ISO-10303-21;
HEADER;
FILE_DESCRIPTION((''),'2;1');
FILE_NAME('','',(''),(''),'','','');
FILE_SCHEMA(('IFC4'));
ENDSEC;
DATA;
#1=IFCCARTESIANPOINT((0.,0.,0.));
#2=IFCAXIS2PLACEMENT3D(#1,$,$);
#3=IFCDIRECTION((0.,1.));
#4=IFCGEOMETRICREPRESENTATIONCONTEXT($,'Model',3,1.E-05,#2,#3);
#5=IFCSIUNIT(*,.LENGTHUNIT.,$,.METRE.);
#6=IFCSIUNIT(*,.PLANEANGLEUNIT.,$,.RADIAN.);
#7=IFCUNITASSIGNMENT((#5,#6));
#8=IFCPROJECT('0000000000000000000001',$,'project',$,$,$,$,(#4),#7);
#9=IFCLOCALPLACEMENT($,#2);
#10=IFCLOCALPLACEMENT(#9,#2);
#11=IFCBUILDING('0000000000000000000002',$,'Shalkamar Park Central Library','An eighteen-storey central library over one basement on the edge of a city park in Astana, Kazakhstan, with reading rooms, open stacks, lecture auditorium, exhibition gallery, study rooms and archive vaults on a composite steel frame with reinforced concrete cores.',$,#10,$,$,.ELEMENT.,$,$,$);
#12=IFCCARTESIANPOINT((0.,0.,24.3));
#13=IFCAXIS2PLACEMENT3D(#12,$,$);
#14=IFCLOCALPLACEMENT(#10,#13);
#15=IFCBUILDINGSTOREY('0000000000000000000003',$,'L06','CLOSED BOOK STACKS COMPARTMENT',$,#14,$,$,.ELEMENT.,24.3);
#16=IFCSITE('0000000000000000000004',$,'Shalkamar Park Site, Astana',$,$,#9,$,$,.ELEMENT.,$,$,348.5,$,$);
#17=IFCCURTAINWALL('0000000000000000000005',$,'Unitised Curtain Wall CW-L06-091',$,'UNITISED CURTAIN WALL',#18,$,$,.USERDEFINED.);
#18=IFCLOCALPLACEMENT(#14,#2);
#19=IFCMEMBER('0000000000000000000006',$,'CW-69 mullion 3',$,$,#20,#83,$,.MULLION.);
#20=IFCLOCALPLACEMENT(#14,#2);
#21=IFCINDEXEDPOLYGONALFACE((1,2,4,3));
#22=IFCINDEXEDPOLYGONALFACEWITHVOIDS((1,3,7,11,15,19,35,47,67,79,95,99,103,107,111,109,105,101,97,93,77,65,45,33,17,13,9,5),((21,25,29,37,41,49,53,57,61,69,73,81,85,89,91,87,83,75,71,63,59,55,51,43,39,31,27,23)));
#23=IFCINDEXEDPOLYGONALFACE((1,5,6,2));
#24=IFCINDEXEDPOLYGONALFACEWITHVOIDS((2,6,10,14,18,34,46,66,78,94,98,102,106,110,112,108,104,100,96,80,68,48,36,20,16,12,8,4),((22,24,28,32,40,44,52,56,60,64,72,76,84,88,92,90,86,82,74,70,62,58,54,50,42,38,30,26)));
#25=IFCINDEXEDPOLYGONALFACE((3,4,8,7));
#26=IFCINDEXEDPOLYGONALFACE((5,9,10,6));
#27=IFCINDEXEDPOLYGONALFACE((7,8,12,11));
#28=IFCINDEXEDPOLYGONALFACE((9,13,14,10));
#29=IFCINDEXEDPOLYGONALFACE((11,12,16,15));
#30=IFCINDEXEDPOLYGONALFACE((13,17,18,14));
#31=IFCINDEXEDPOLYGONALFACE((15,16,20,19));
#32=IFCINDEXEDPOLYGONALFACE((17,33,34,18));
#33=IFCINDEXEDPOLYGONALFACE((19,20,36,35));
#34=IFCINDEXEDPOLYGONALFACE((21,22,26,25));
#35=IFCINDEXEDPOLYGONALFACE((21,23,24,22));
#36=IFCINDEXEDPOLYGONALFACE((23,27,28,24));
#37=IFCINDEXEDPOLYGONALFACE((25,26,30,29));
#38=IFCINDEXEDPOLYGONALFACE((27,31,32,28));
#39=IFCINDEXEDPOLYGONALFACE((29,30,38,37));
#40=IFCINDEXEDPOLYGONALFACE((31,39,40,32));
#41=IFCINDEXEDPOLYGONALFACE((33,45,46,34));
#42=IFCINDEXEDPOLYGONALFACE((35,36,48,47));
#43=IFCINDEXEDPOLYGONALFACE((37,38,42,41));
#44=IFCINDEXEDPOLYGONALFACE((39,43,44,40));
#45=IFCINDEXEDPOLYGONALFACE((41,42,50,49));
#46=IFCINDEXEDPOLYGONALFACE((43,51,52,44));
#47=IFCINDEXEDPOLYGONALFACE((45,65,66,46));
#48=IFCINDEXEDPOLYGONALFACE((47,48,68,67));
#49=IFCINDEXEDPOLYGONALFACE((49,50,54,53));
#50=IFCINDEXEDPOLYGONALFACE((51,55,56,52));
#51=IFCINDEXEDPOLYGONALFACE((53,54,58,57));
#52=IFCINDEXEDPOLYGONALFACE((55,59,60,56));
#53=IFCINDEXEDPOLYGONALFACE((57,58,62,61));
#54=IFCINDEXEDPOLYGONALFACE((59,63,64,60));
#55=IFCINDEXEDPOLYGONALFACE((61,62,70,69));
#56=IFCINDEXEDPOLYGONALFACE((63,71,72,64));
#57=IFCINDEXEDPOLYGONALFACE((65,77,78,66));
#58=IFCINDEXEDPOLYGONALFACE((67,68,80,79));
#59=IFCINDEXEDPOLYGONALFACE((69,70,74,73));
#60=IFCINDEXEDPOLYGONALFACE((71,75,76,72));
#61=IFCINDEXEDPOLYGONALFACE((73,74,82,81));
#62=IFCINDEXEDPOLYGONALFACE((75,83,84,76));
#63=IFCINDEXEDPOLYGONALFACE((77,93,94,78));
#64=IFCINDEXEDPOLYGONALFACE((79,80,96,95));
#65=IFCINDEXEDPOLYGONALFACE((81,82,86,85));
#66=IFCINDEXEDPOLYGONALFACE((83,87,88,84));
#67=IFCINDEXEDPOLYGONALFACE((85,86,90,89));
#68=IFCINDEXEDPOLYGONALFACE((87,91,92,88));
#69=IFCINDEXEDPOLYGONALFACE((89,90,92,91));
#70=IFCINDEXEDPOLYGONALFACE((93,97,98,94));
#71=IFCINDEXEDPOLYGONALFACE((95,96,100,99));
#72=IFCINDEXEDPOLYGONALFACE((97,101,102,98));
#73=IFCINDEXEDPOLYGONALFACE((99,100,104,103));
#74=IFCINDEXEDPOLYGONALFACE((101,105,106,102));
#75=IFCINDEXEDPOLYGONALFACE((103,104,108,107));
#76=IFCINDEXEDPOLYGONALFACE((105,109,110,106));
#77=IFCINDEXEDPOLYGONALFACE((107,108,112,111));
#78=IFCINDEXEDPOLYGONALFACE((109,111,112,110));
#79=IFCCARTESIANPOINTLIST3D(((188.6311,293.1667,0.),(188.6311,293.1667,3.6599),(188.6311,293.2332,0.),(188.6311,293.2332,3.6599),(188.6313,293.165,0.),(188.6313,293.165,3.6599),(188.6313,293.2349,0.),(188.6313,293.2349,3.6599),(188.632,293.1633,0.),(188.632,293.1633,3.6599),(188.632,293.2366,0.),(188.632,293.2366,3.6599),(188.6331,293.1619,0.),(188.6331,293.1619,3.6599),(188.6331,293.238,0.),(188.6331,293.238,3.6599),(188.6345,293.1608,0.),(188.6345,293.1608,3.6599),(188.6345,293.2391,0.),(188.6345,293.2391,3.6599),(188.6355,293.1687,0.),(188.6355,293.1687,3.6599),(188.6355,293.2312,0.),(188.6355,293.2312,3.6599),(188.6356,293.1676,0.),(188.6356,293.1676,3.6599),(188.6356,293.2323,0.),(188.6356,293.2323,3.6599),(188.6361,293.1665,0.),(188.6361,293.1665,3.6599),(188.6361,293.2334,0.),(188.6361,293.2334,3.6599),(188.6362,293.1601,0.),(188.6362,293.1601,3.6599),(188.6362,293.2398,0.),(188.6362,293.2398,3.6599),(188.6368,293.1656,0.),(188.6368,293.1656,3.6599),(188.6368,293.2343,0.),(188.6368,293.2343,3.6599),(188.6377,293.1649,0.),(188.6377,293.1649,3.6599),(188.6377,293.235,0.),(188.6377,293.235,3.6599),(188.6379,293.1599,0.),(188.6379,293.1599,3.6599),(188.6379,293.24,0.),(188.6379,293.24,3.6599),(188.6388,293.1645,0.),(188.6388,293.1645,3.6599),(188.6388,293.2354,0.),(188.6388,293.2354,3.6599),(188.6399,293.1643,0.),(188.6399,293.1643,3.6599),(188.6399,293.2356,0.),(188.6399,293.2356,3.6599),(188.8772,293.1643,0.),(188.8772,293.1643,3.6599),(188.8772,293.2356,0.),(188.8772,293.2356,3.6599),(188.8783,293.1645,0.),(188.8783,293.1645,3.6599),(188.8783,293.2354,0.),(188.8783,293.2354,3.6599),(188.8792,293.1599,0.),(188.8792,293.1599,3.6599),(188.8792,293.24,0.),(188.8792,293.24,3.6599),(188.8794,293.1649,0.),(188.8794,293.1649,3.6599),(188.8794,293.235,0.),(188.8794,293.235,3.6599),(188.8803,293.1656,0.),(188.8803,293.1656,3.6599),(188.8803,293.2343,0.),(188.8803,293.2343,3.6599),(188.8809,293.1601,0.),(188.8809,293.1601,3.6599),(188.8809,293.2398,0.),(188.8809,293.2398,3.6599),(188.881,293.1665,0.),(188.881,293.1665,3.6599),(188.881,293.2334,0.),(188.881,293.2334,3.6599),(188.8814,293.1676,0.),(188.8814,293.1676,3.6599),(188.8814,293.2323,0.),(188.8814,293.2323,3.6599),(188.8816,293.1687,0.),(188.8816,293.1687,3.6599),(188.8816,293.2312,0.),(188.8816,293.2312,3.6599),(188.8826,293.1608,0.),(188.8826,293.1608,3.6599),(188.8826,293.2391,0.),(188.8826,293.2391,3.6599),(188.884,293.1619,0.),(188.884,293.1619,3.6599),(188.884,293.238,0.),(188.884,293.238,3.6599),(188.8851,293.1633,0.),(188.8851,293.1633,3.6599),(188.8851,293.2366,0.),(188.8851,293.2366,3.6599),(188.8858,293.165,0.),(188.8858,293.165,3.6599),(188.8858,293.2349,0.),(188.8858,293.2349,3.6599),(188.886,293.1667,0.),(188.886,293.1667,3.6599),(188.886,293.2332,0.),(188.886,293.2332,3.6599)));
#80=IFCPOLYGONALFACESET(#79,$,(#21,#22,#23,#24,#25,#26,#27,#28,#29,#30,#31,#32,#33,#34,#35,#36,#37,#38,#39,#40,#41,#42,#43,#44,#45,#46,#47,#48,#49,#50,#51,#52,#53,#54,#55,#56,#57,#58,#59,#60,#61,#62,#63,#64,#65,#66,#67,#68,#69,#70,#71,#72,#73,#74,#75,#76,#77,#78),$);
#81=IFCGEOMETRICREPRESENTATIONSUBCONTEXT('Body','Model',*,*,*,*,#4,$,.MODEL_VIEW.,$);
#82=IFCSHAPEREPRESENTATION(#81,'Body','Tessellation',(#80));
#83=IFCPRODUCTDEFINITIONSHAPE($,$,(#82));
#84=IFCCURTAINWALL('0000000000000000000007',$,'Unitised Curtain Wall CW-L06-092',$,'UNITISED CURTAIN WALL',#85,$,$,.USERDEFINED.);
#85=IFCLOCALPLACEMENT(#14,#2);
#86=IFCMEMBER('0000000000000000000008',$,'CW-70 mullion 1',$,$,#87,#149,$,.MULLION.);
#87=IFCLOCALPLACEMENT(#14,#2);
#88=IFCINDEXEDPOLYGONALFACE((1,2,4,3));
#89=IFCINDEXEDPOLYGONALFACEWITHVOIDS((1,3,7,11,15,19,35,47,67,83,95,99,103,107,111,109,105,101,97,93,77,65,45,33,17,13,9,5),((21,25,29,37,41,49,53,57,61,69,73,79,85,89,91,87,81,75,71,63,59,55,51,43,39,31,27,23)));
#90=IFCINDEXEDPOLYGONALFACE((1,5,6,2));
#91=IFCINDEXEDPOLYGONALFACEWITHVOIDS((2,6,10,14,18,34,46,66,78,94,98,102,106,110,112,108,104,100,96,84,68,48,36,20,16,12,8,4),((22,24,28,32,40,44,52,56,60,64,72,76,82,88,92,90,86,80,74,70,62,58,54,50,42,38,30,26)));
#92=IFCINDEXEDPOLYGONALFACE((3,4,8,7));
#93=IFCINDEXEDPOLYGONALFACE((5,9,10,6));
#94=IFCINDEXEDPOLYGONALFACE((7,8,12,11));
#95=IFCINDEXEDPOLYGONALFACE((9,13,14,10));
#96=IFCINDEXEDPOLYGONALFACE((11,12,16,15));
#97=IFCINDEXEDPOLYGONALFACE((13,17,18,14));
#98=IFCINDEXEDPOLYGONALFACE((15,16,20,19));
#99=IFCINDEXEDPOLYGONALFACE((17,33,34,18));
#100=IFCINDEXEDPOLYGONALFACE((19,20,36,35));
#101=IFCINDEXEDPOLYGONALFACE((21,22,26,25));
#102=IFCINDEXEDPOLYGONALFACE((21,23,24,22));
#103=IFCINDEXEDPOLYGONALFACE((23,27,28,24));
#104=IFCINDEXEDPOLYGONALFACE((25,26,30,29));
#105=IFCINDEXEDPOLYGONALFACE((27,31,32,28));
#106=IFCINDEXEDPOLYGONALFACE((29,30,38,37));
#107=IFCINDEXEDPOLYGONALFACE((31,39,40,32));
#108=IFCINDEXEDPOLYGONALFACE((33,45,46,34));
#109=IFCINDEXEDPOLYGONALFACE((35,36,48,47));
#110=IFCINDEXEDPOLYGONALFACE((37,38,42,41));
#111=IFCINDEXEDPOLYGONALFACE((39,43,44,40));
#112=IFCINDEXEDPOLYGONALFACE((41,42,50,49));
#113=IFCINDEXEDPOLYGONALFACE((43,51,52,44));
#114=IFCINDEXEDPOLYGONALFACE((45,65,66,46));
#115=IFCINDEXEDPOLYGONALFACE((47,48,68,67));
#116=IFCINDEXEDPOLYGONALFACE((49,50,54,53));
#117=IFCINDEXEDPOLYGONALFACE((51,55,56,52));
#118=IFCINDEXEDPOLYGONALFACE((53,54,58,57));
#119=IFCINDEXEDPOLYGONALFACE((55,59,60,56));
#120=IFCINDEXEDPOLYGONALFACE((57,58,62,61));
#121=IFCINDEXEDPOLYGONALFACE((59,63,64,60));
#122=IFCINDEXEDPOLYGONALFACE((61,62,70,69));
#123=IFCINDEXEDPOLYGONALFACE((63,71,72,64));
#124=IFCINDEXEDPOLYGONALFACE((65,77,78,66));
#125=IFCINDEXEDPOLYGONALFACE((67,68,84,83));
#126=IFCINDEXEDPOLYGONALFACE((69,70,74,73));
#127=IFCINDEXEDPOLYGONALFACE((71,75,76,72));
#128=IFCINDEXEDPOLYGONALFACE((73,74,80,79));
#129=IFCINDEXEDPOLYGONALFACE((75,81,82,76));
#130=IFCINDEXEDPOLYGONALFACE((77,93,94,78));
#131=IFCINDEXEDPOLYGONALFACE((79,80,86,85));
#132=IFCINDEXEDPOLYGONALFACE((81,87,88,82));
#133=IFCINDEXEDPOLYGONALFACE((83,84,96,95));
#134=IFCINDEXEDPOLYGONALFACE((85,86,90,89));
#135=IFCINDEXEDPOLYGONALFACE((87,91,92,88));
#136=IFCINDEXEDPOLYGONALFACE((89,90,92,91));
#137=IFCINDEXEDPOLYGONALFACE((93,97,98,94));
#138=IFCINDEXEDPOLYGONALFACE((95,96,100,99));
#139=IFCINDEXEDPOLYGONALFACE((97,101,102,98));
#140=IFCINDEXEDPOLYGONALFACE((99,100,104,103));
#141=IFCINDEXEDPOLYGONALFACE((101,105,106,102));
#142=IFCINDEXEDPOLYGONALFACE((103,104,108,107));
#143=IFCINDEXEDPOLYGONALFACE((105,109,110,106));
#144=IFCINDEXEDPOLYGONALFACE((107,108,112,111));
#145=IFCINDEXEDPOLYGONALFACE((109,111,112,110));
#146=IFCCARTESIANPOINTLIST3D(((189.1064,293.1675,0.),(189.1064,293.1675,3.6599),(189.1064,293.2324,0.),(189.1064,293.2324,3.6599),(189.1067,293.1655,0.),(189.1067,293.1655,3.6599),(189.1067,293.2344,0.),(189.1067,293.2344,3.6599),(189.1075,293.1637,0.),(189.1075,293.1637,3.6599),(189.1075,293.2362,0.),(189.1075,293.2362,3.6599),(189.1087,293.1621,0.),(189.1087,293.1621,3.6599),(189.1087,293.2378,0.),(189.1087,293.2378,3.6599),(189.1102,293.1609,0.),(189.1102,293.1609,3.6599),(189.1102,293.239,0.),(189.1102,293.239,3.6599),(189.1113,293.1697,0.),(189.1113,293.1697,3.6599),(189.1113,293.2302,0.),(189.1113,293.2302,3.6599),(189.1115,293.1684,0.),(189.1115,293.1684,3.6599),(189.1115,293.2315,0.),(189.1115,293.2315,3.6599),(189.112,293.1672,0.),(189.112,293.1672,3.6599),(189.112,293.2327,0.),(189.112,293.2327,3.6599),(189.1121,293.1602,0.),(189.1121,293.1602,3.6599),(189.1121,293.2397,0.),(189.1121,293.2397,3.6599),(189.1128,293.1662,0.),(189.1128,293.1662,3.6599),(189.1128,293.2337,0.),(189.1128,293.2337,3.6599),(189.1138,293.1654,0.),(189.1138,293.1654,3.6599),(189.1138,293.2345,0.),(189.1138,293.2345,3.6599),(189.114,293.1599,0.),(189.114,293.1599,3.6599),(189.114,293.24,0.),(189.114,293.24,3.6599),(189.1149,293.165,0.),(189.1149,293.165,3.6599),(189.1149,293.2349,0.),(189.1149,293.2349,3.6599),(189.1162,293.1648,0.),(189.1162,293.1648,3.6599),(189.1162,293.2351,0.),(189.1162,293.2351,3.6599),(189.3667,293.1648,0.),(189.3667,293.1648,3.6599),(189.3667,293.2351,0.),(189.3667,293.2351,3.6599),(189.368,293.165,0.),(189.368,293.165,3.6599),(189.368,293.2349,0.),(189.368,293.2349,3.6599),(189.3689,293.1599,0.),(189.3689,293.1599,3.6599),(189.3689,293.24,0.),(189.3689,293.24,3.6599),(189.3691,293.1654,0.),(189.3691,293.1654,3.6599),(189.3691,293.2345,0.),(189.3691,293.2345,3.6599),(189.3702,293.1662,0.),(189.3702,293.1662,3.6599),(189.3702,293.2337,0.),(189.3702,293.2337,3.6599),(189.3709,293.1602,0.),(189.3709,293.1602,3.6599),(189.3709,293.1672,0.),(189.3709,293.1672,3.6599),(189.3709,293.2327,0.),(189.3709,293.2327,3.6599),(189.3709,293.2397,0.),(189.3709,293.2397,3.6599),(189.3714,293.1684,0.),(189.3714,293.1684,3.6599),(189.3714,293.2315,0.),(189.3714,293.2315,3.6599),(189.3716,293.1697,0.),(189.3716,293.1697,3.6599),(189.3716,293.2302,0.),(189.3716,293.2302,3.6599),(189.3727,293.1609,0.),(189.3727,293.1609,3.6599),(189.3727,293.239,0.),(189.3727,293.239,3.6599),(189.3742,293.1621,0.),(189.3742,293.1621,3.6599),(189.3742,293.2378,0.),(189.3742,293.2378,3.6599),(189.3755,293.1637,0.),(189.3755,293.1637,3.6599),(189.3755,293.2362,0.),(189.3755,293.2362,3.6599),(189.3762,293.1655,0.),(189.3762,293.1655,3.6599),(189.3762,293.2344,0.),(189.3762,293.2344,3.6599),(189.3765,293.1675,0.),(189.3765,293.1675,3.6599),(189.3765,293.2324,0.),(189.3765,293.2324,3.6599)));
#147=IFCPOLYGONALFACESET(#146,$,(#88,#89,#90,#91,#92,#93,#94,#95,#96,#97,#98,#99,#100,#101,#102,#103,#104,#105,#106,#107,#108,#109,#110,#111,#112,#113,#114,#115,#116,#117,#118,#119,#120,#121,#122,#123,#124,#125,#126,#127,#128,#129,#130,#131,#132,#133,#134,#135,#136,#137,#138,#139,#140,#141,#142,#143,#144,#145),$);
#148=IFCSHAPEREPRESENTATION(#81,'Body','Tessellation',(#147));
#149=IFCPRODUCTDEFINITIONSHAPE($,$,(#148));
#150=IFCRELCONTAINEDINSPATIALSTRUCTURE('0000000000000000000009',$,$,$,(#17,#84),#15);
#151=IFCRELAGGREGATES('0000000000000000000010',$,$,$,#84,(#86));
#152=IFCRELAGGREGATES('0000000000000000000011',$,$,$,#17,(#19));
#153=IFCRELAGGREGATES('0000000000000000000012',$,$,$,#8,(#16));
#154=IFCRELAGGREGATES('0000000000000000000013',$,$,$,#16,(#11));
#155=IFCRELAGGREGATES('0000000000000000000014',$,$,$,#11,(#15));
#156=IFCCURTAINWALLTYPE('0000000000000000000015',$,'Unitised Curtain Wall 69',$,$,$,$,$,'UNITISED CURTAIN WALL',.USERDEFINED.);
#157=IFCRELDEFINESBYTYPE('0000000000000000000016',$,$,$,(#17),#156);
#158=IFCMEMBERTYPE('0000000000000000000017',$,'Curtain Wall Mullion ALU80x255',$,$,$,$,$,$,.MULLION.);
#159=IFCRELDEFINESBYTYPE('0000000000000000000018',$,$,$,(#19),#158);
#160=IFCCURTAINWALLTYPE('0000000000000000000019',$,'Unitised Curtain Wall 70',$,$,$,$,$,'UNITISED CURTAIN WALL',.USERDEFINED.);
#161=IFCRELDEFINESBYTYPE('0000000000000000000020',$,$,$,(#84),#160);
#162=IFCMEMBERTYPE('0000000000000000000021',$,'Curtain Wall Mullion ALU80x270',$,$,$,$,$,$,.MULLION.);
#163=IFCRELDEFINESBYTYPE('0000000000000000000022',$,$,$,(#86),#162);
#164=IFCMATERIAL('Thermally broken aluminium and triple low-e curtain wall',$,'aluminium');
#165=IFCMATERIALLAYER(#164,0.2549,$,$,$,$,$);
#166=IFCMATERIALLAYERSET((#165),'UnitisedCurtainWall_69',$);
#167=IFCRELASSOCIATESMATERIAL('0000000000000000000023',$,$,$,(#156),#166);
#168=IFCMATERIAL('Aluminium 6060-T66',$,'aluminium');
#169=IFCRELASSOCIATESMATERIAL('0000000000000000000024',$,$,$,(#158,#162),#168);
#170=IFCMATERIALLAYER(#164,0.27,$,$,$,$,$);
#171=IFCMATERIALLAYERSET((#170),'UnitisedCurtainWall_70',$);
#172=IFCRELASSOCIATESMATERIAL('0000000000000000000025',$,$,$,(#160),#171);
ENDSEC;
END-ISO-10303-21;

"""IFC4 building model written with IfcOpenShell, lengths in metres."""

from ifc_helpers import new_model, si_unit, direction, frame, origin, origin_2d, place, context, subcontext, project, spatial, hollow_rectangle, extrude, material, layer, layer_set, material_profile, profile_set, type_object, element, aggregate, save


model = new_model("IFC4")

# Units and contexts
model_context = context("Model", 3, precision=1e-05, world=origin(), true_north=direction((0.0, 1.0)))
body_context = subcontext(model_context, "Body", "Model", "MODEL_VIEW")
ifc_project = project(units=[si_unit("LENGTHUNIT", "METRE"), si_unit("PLANEANGLEUNIT", "RADIAN")], contexts=[model_context])

# Site, building, storey
site_placement = place(None, origin())
site = spatial("IfcSite", under=ifc_project, at=site_placement, Name="Shalkamar Park Site, Astana", CompositionType="ELEMENT", RefElevation=348.5)
building_placement = place(site_placement, origin())
building = spatial("IfcBuilding", under=site, at=building_placement, Name="Shalkamar Park Central Library", Description="An eighteen-storey central library over one basement on the edge of a city park in Astana, Kazakhstan, with reading rooms, open stacks, lecture auditorium, exhibition gallery, study rooms and archive vaults on a composite steel frame with reinforced concrete cores.", CompositionType="ELEMENT")
storey_placement = place(building_placement, frame((0.0, 0.0, 24.3)))
storey = spatial("IfcBuildingStorey", under=building, at=storey_placement, Name="L06", Description="CLOSED BOOK STACKS COMPARTMENT", CompositionType="ELEMENT", Elevation=24.3)

# Curtain wall, member
ifc_material_1 = material(Name="Thermally broken aluminium and triple low-e curtain wall", Category="aluminium")
ifc_layer_1 = layer(ifc_material_1, 0.2549)
ifc_layer_set_1 = layer_set([ifc_layer_1], Name="UnitisedCurtainWall_69")
curtain_wall_type_1 = type_object("IfcCurtainWallType", Name="Unitised Curtain Wall 69", ElementType="UNITISED CURTAIN WALL", PredefinedType="USERDEFINED", material=ifc_layer_set_1)
curtain_wall_1_placement = place(storey_placement, origin())
curtain_wall_1 = element("IfcCurtainWall", 1, at=curtain_wall_1_placement, inside=storey, type_object=curtain_wall_type_1, Name="Unitised Curtain Wall CW-L06-091", ObjectType="UNITISED CURTAIN WALL", PredefinedType="USERDEFINED")
ifc_material_2 = material(Name="Aluminium 6060-T66", Category="aluminium")
ifc_material_profile_1 = material_profile(ifc_material_2, hollow_rectangle(XDim=0.0801, YDim=0.2549, WallThickness=0.0044, InnerFilletRadius=0.0044, OuterFilletRadius=0.0068, at=origin_2d()), Name="ALU 80x255x4.5")
ifc_profile_set_1 = profile_set([ifc_material_profile_1], Name="Aluminium 6060-T66")
member_type_1 = type_object("IfcMemberType", Name="Curtain Wall Mullion ALU80x255", PredefinedType="MULLION", material=ifc_profile_set_1)
member_1_placement = place(storey_placement, frame((188.7585, 293.2, 0.0), z_axis=(0.0, 0.0, 1.0), x_axis=(0.0, 1.0, 0.0)))
member_1 = element("IfcMember", 2, at=member_1_placement, type_object=member_type_1, Name="CW-69 mullion 3", PredefinedType="MULLION", context=body_context, shape_type="SweptSolid", body=[
    extrude(hollow_rectangle(XDim=0.0801, YDim=0.2549, WallThickness=0.0044, InnerFilletRadius=0.0044, OuterFilletRadius=0.0068, at=origin_2d()), origin(), (0.0, 0.0, 1.0), 3.6599),
])

# Curtain wall, member
ifc_layer_2 = layer(ifc_material_1, 0.27)
ifc_layer_set_2 = layer_set([ifc_layer_2], Name="UnitisedCurtainWall_70")
curtain_wall_type_2 = type_object("IfcCurtainWallType", Name="Unitised Curtain Wall 70", ElementType="UNITISED CURTAIN WALL", PredefinedType="USERDEFINED", material=ifc_layer_set_2)
curtain_wall_2_placement = place(storey_placement, origin())
curtain_wall_2 = element("IfcCurtainWall", 3, at=curtain_wall_2_placement, inside=storey, type_object=curtain_wall_type_2, Name="Unitised Curtain Wall CW-L06-092", ObjectType="UNITISED CURTAIN WALL", PredefinedType="USERDEFINED")
ifc_material_profile_2 = material_profile(ifc_material_2, hollow_rectangle(XDim=0.0801, YDim=0.27, WallThickness=0.0049, InnerFilletRadius=0.0049, OuterFilletRadius=0.0076, at=origin_2d()), Name="ALU 80x270x5")
ifc_profile_set_2 = profile_set([ifc_material_profile_2], Name="Aluminium 6060-T66")
member_type_2 = type_object("IfcMemberType", Name="Curtain Wall Mullion ALU80x270", PredefinedType="MULLION", material=ifc_profile_set_2)
member_2_placement = place(storey_placement, frame((189.2415, 293.2, 0.0), z_axis=(0.0, 0.0, 1.0), x_axis=(0.0, 1.0, 0.0)))
member_2 = element("IfcMember", 4, at=member_2_placement, type_object=member_type_2, Name="CW-70 mullion 1", PredefinedType="MULLION", context=body_context, shape_type="SweptSolid", body=[
    extrude(hollow_rectangle(XDim=0.0801, YDim=0.27, WallThickness=0.0049, InnerFilletRadius=0.0049, OuterFilletRadius=0.0076, at=origin_2d()), origin(), (0.0, 0.0, 1.0), 3.6599),
])

aggregate(curtain_wall_2, [member_2])
aggregate(curtain_wall_1, [member_1])

save(model, "model.ifc")
